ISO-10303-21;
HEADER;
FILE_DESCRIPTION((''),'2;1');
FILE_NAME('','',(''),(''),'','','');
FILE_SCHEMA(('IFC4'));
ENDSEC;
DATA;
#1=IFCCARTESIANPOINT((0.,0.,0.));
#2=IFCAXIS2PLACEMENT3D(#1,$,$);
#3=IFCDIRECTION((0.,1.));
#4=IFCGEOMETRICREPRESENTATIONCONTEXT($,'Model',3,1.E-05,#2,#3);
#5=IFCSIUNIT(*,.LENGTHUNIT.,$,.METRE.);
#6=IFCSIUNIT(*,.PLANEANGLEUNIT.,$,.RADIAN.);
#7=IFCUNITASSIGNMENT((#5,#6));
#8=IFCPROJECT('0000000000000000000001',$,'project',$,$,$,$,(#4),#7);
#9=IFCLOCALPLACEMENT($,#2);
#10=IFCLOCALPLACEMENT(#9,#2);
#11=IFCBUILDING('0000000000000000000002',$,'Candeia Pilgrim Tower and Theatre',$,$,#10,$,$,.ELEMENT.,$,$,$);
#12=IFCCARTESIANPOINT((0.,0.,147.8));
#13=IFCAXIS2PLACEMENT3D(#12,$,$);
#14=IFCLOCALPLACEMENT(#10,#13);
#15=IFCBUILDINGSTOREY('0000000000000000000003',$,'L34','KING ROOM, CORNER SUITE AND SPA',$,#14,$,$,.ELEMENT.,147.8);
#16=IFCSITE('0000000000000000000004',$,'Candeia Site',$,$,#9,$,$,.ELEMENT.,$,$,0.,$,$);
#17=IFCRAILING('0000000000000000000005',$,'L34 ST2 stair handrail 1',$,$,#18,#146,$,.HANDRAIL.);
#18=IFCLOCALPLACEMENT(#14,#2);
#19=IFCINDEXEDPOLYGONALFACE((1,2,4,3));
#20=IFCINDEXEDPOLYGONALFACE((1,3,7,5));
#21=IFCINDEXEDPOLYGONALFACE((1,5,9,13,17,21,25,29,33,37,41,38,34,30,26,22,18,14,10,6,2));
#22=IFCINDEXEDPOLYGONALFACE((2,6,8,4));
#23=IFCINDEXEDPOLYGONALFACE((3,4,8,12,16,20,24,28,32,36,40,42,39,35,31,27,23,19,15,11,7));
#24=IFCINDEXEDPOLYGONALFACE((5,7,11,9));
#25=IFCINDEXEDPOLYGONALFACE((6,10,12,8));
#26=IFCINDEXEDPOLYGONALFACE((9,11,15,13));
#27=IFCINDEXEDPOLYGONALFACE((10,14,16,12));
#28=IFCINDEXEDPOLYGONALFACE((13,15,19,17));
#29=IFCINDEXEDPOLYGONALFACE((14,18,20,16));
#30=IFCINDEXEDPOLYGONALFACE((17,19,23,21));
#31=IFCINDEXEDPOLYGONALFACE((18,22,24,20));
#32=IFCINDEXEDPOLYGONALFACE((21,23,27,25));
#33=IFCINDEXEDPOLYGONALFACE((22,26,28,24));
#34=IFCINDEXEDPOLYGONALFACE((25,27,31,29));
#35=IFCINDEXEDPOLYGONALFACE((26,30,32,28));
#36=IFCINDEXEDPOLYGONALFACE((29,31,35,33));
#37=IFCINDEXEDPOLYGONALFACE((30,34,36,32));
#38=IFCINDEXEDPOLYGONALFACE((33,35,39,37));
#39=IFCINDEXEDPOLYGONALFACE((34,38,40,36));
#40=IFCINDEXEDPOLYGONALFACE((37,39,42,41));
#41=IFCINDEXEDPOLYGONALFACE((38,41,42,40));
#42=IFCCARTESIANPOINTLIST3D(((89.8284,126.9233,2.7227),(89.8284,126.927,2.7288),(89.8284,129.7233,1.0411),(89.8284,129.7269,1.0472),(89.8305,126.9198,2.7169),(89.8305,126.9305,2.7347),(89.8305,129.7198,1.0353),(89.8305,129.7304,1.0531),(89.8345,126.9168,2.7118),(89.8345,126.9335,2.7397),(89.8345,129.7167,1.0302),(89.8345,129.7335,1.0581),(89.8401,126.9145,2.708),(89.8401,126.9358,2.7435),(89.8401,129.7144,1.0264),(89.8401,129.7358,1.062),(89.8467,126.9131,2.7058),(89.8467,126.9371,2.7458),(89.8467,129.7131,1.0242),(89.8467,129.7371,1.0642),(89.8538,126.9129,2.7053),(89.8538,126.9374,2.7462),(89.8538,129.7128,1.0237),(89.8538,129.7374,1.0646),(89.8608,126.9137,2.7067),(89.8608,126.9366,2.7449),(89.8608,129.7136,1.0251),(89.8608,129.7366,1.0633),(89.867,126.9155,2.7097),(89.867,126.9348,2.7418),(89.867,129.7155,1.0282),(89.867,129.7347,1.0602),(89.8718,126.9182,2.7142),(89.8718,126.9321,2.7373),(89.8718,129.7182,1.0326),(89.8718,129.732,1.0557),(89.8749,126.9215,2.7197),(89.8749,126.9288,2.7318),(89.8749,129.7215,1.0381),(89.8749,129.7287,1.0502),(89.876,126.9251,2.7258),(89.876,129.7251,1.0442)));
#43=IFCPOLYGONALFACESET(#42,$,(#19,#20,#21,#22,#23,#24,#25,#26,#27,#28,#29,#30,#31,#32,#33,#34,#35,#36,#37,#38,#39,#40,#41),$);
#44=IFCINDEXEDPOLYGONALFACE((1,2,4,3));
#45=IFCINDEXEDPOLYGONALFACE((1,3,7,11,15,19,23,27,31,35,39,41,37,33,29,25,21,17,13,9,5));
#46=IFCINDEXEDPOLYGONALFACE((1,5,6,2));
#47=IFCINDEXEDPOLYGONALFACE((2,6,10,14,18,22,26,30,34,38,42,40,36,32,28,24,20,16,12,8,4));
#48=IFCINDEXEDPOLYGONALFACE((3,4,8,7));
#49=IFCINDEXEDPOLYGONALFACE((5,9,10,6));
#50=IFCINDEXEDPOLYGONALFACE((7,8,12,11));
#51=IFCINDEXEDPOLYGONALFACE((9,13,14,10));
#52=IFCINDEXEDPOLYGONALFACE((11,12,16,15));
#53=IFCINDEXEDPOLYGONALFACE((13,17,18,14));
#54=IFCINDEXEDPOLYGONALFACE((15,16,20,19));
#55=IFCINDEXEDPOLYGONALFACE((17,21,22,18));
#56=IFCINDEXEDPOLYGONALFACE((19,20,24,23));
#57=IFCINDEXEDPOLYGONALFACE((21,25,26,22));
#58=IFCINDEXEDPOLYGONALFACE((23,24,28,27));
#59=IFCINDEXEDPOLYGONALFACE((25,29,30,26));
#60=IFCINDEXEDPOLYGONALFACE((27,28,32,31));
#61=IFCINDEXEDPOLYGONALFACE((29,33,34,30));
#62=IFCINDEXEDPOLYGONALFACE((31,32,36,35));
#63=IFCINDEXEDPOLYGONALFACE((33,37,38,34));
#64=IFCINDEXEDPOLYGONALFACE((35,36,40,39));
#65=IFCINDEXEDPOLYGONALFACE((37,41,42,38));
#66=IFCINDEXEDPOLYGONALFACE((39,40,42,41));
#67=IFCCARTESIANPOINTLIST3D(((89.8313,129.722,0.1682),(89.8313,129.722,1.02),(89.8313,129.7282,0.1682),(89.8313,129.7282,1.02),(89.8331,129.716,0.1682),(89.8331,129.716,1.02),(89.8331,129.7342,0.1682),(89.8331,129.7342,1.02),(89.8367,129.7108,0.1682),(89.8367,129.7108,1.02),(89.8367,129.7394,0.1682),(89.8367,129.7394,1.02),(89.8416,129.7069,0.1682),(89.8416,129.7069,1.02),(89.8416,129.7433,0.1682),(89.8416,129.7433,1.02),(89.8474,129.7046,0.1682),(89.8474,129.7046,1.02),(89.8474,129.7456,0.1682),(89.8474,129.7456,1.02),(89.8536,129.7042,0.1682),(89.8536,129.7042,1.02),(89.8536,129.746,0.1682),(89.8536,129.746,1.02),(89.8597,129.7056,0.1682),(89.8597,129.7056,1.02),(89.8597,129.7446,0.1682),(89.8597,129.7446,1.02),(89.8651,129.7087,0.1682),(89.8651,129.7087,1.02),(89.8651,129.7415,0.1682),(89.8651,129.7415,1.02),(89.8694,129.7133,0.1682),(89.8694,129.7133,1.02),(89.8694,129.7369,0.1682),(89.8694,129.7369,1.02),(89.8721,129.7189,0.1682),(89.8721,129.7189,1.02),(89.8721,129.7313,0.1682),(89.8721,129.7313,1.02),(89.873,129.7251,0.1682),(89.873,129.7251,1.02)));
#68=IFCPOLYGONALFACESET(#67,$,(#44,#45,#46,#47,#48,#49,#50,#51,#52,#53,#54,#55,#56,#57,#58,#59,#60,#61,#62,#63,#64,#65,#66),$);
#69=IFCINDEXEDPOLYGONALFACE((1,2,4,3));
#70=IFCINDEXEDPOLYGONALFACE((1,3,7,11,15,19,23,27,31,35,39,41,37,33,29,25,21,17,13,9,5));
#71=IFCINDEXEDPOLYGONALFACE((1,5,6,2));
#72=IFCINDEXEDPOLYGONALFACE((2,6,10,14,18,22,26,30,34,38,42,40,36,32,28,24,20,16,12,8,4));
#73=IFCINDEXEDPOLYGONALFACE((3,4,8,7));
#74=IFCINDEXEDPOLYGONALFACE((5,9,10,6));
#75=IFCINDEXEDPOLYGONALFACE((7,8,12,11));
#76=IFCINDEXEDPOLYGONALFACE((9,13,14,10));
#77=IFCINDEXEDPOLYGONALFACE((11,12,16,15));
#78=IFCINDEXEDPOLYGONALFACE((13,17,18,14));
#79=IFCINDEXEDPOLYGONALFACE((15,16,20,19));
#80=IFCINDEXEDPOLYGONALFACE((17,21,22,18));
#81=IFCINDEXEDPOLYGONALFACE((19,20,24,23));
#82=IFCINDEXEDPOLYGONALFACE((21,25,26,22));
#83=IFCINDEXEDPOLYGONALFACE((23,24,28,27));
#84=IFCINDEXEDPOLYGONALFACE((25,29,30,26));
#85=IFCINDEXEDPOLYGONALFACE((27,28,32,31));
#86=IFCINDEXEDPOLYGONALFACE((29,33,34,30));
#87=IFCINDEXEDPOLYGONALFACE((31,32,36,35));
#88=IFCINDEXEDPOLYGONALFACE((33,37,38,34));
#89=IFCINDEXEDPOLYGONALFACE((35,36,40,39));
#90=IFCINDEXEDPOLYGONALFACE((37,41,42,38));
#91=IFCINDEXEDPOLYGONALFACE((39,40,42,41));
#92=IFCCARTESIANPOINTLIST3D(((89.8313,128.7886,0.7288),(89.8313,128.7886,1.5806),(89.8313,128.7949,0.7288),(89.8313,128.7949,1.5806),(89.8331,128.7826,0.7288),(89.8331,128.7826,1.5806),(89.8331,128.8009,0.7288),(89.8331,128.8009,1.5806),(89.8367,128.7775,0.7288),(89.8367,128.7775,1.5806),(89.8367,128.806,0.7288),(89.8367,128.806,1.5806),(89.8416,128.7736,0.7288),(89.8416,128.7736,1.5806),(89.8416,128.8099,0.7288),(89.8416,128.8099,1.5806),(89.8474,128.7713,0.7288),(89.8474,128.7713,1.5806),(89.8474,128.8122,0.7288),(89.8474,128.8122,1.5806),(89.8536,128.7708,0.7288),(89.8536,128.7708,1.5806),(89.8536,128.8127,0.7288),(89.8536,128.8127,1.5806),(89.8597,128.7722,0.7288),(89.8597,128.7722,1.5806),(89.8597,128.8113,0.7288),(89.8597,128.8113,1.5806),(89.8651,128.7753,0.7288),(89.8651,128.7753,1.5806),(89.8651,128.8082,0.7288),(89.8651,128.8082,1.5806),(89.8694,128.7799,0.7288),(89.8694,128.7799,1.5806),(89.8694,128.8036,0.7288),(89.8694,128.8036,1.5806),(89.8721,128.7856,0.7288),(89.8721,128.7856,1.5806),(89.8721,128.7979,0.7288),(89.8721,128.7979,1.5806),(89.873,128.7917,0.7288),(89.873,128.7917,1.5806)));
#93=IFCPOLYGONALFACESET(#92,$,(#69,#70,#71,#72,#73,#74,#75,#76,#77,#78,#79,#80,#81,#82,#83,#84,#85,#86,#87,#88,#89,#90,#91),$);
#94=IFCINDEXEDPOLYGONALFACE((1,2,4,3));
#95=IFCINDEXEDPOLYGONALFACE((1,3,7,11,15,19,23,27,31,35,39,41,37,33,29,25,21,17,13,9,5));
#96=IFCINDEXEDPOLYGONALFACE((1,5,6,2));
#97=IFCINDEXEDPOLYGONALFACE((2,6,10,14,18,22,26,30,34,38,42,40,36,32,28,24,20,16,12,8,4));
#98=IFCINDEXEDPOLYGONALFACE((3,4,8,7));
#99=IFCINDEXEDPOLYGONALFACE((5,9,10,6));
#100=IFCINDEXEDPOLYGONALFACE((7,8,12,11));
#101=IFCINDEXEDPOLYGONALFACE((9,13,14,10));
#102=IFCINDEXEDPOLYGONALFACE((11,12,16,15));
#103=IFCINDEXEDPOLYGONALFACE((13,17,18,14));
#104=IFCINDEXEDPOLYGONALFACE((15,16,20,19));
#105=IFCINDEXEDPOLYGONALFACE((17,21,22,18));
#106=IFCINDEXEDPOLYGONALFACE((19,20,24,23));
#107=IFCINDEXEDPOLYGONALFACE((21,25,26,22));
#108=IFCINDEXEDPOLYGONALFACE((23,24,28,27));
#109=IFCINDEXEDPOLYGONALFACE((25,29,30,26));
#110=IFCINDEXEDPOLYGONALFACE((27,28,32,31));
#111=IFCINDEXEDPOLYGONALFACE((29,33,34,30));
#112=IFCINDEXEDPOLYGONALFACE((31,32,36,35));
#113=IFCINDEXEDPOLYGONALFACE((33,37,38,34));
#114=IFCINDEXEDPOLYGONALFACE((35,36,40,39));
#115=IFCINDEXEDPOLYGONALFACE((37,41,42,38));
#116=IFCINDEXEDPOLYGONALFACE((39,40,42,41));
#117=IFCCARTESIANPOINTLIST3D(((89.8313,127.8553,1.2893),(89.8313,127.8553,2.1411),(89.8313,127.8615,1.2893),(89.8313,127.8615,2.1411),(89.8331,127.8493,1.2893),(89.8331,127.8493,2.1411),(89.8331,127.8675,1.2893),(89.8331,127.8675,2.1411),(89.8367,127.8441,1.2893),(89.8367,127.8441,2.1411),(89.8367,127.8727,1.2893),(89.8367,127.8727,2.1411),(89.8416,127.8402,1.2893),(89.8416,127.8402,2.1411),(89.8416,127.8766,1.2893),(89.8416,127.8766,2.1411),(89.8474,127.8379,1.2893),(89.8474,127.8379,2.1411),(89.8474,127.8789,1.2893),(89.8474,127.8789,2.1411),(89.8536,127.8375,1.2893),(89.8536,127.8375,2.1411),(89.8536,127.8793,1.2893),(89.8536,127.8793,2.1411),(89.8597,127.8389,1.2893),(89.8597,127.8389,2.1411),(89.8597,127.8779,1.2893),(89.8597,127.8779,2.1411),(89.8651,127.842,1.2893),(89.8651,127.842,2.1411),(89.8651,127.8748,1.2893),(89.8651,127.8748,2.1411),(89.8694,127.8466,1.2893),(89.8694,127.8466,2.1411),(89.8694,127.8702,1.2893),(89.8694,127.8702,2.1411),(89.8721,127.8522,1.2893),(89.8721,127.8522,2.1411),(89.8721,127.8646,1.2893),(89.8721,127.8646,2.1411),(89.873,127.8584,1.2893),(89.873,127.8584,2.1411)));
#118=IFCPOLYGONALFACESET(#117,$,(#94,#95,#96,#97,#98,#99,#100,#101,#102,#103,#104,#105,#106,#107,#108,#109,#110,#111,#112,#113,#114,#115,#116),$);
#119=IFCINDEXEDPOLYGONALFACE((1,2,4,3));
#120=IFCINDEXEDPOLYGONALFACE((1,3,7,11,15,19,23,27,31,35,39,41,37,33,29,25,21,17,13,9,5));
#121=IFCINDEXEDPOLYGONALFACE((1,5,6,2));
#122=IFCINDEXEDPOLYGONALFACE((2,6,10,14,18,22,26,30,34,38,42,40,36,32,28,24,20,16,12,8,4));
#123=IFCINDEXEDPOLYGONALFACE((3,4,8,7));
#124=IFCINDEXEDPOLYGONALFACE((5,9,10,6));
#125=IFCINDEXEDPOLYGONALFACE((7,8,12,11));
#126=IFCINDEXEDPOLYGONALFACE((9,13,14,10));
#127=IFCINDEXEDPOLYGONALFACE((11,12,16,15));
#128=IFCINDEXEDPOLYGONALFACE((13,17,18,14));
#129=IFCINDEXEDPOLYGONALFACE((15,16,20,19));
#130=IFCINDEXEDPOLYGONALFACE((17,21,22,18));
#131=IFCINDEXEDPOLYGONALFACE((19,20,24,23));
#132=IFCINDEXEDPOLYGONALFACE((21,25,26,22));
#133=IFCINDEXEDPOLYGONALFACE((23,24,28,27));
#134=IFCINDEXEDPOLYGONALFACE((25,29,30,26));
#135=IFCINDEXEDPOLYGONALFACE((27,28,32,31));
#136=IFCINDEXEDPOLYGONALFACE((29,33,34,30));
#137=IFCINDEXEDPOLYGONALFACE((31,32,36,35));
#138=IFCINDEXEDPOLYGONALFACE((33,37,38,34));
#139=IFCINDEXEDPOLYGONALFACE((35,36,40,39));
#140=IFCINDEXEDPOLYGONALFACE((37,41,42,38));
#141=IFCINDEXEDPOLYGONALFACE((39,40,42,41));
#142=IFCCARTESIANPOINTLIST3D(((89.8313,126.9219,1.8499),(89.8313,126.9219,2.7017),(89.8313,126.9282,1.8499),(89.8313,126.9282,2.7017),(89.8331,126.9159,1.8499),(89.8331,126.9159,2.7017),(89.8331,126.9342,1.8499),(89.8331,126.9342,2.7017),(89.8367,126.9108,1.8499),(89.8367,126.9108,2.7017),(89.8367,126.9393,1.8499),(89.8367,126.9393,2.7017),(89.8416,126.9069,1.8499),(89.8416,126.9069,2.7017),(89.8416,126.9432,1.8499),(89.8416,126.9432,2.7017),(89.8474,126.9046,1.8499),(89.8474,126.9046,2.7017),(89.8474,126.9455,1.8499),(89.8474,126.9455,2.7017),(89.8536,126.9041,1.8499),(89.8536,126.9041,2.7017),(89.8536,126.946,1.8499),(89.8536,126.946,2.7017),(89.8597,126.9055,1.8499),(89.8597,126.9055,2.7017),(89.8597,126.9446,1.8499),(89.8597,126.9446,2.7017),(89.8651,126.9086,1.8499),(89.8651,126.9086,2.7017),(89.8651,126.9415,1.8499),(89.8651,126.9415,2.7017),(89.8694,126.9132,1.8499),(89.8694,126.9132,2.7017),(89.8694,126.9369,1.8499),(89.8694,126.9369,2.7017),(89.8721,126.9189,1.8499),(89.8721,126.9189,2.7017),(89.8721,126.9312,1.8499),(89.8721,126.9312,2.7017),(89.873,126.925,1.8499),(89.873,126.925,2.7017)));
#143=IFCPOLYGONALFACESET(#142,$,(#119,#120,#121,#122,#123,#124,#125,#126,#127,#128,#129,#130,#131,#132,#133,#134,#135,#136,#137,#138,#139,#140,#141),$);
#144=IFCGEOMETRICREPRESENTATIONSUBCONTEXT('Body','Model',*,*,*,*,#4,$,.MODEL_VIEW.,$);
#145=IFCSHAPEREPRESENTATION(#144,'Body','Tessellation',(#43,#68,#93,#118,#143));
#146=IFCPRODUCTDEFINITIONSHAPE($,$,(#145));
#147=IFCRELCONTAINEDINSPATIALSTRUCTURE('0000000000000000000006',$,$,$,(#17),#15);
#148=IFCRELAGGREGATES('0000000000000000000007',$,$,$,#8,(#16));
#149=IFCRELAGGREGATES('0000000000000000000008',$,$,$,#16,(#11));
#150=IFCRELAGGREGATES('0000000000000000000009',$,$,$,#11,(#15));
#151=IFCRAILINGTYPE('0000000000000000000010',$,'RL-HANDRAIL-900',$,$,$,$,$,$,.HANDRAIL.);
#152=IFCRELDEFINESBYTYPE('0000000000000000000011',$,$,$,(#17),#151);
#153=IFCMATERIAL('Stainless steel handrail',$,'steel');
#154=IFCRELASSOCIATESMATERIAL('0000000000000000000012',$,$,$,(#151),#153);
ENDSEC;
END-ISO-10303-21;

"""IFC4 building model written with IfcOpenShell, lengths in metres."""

from ifc_helpers import new_model, si_unit, direction, frame, origin, origin_2d, place, context, subcontext, project, spatial, circle, extrude, material, type_object, element, save


model = new_model("IFC4")

# Units and contexts
model_context = context("Model", 3, precision=1e-05, world=origin(), true_north=direction((0.0, 1.0)))
body_context = subcontext(model_context, "Body", "Model", "MODEL_VIEW")
ifc_project = project(units=[si_unit("LENGTHUNIT", "METRE"), si_unit("PLANEANGLEUNIT", "RADIAN")], contexts=[model_context])

# Site, building, storey
site_placement = place(None, origin())
site = spatial("IfcSite", under=ifc_project, at=site_placement, Name="Candeia Site", CompositionType="ELEMENT", RefElevation=0.0)
building_placement = place(site_placement, origin())
building = spatial("IfcBuilding", under=site, at=building_placement, Name="Candeia Pilgrim Tower and Theatre", CompositionType="ELEMENT")
storey_placement = place(building_placement, frame((0.0, 0.0, 147.8)))
storey = spatial("IfcBuildingStorey", under=building, at=storey_placement, Name="L34", Description="KING ROOM, CORNER SUITE AND SPA", CompositionType="ELEMENT", Elevation=147.8)

# Railing
ifc_material_1 = material(Name="Stainless steel handrail", Category="steel")
railing_type_1 = type_object("IfcRailingType", Name="RL-HANDRAIL-900", PredefinedType="HANDRAIL", material=ifc_material_1)
for number, where, name in (
    (1, (89.8521, 129.7251, 0.1682), "L34 ST2 stair handrail 1"),
):
    element("IfcRailing", number, at=place(storey_placement, frame(where)), inside=storey, type_object=railing_type_1, Name=name, PredefinedType="HANDRAIL", context=body_context, shape_type="SweptSolid", body=[
        extrude(circle(Radius=0.0239, at=origin_2d()), frame((0.0, 0.0, 0.876), z_axis=(0.0, -0.857275, 0.514858), x_axis=(1.0, 0.0, 0.0)), (0.0, 0.0, 1.0), 3.2661),
        extrude(circle(Radius=0.021, at=origin_2d()), origin(), (0.0, 0.0, 1.0), 0.8518),
        extrude(circle(Radius=0.021, at=origin_2d()), frame((0.0, -0.9333, 0.5605)), (0.0, 0.0, 1.0), 0.8518),
        extrude(circle(Radius=0.021, at=origin_2d()), frame((0.0, -1.8667, 1.1211)), (0.0, 0.0, 1.0), 0.8518),
        extrude(circle(Radius=0.021, at=origin_2d()), frame((0.0, -2.8, 1.6816)), (0.0, 0.0, 1.0), 0.8518),
    ])

save(model, "model.ifc")
